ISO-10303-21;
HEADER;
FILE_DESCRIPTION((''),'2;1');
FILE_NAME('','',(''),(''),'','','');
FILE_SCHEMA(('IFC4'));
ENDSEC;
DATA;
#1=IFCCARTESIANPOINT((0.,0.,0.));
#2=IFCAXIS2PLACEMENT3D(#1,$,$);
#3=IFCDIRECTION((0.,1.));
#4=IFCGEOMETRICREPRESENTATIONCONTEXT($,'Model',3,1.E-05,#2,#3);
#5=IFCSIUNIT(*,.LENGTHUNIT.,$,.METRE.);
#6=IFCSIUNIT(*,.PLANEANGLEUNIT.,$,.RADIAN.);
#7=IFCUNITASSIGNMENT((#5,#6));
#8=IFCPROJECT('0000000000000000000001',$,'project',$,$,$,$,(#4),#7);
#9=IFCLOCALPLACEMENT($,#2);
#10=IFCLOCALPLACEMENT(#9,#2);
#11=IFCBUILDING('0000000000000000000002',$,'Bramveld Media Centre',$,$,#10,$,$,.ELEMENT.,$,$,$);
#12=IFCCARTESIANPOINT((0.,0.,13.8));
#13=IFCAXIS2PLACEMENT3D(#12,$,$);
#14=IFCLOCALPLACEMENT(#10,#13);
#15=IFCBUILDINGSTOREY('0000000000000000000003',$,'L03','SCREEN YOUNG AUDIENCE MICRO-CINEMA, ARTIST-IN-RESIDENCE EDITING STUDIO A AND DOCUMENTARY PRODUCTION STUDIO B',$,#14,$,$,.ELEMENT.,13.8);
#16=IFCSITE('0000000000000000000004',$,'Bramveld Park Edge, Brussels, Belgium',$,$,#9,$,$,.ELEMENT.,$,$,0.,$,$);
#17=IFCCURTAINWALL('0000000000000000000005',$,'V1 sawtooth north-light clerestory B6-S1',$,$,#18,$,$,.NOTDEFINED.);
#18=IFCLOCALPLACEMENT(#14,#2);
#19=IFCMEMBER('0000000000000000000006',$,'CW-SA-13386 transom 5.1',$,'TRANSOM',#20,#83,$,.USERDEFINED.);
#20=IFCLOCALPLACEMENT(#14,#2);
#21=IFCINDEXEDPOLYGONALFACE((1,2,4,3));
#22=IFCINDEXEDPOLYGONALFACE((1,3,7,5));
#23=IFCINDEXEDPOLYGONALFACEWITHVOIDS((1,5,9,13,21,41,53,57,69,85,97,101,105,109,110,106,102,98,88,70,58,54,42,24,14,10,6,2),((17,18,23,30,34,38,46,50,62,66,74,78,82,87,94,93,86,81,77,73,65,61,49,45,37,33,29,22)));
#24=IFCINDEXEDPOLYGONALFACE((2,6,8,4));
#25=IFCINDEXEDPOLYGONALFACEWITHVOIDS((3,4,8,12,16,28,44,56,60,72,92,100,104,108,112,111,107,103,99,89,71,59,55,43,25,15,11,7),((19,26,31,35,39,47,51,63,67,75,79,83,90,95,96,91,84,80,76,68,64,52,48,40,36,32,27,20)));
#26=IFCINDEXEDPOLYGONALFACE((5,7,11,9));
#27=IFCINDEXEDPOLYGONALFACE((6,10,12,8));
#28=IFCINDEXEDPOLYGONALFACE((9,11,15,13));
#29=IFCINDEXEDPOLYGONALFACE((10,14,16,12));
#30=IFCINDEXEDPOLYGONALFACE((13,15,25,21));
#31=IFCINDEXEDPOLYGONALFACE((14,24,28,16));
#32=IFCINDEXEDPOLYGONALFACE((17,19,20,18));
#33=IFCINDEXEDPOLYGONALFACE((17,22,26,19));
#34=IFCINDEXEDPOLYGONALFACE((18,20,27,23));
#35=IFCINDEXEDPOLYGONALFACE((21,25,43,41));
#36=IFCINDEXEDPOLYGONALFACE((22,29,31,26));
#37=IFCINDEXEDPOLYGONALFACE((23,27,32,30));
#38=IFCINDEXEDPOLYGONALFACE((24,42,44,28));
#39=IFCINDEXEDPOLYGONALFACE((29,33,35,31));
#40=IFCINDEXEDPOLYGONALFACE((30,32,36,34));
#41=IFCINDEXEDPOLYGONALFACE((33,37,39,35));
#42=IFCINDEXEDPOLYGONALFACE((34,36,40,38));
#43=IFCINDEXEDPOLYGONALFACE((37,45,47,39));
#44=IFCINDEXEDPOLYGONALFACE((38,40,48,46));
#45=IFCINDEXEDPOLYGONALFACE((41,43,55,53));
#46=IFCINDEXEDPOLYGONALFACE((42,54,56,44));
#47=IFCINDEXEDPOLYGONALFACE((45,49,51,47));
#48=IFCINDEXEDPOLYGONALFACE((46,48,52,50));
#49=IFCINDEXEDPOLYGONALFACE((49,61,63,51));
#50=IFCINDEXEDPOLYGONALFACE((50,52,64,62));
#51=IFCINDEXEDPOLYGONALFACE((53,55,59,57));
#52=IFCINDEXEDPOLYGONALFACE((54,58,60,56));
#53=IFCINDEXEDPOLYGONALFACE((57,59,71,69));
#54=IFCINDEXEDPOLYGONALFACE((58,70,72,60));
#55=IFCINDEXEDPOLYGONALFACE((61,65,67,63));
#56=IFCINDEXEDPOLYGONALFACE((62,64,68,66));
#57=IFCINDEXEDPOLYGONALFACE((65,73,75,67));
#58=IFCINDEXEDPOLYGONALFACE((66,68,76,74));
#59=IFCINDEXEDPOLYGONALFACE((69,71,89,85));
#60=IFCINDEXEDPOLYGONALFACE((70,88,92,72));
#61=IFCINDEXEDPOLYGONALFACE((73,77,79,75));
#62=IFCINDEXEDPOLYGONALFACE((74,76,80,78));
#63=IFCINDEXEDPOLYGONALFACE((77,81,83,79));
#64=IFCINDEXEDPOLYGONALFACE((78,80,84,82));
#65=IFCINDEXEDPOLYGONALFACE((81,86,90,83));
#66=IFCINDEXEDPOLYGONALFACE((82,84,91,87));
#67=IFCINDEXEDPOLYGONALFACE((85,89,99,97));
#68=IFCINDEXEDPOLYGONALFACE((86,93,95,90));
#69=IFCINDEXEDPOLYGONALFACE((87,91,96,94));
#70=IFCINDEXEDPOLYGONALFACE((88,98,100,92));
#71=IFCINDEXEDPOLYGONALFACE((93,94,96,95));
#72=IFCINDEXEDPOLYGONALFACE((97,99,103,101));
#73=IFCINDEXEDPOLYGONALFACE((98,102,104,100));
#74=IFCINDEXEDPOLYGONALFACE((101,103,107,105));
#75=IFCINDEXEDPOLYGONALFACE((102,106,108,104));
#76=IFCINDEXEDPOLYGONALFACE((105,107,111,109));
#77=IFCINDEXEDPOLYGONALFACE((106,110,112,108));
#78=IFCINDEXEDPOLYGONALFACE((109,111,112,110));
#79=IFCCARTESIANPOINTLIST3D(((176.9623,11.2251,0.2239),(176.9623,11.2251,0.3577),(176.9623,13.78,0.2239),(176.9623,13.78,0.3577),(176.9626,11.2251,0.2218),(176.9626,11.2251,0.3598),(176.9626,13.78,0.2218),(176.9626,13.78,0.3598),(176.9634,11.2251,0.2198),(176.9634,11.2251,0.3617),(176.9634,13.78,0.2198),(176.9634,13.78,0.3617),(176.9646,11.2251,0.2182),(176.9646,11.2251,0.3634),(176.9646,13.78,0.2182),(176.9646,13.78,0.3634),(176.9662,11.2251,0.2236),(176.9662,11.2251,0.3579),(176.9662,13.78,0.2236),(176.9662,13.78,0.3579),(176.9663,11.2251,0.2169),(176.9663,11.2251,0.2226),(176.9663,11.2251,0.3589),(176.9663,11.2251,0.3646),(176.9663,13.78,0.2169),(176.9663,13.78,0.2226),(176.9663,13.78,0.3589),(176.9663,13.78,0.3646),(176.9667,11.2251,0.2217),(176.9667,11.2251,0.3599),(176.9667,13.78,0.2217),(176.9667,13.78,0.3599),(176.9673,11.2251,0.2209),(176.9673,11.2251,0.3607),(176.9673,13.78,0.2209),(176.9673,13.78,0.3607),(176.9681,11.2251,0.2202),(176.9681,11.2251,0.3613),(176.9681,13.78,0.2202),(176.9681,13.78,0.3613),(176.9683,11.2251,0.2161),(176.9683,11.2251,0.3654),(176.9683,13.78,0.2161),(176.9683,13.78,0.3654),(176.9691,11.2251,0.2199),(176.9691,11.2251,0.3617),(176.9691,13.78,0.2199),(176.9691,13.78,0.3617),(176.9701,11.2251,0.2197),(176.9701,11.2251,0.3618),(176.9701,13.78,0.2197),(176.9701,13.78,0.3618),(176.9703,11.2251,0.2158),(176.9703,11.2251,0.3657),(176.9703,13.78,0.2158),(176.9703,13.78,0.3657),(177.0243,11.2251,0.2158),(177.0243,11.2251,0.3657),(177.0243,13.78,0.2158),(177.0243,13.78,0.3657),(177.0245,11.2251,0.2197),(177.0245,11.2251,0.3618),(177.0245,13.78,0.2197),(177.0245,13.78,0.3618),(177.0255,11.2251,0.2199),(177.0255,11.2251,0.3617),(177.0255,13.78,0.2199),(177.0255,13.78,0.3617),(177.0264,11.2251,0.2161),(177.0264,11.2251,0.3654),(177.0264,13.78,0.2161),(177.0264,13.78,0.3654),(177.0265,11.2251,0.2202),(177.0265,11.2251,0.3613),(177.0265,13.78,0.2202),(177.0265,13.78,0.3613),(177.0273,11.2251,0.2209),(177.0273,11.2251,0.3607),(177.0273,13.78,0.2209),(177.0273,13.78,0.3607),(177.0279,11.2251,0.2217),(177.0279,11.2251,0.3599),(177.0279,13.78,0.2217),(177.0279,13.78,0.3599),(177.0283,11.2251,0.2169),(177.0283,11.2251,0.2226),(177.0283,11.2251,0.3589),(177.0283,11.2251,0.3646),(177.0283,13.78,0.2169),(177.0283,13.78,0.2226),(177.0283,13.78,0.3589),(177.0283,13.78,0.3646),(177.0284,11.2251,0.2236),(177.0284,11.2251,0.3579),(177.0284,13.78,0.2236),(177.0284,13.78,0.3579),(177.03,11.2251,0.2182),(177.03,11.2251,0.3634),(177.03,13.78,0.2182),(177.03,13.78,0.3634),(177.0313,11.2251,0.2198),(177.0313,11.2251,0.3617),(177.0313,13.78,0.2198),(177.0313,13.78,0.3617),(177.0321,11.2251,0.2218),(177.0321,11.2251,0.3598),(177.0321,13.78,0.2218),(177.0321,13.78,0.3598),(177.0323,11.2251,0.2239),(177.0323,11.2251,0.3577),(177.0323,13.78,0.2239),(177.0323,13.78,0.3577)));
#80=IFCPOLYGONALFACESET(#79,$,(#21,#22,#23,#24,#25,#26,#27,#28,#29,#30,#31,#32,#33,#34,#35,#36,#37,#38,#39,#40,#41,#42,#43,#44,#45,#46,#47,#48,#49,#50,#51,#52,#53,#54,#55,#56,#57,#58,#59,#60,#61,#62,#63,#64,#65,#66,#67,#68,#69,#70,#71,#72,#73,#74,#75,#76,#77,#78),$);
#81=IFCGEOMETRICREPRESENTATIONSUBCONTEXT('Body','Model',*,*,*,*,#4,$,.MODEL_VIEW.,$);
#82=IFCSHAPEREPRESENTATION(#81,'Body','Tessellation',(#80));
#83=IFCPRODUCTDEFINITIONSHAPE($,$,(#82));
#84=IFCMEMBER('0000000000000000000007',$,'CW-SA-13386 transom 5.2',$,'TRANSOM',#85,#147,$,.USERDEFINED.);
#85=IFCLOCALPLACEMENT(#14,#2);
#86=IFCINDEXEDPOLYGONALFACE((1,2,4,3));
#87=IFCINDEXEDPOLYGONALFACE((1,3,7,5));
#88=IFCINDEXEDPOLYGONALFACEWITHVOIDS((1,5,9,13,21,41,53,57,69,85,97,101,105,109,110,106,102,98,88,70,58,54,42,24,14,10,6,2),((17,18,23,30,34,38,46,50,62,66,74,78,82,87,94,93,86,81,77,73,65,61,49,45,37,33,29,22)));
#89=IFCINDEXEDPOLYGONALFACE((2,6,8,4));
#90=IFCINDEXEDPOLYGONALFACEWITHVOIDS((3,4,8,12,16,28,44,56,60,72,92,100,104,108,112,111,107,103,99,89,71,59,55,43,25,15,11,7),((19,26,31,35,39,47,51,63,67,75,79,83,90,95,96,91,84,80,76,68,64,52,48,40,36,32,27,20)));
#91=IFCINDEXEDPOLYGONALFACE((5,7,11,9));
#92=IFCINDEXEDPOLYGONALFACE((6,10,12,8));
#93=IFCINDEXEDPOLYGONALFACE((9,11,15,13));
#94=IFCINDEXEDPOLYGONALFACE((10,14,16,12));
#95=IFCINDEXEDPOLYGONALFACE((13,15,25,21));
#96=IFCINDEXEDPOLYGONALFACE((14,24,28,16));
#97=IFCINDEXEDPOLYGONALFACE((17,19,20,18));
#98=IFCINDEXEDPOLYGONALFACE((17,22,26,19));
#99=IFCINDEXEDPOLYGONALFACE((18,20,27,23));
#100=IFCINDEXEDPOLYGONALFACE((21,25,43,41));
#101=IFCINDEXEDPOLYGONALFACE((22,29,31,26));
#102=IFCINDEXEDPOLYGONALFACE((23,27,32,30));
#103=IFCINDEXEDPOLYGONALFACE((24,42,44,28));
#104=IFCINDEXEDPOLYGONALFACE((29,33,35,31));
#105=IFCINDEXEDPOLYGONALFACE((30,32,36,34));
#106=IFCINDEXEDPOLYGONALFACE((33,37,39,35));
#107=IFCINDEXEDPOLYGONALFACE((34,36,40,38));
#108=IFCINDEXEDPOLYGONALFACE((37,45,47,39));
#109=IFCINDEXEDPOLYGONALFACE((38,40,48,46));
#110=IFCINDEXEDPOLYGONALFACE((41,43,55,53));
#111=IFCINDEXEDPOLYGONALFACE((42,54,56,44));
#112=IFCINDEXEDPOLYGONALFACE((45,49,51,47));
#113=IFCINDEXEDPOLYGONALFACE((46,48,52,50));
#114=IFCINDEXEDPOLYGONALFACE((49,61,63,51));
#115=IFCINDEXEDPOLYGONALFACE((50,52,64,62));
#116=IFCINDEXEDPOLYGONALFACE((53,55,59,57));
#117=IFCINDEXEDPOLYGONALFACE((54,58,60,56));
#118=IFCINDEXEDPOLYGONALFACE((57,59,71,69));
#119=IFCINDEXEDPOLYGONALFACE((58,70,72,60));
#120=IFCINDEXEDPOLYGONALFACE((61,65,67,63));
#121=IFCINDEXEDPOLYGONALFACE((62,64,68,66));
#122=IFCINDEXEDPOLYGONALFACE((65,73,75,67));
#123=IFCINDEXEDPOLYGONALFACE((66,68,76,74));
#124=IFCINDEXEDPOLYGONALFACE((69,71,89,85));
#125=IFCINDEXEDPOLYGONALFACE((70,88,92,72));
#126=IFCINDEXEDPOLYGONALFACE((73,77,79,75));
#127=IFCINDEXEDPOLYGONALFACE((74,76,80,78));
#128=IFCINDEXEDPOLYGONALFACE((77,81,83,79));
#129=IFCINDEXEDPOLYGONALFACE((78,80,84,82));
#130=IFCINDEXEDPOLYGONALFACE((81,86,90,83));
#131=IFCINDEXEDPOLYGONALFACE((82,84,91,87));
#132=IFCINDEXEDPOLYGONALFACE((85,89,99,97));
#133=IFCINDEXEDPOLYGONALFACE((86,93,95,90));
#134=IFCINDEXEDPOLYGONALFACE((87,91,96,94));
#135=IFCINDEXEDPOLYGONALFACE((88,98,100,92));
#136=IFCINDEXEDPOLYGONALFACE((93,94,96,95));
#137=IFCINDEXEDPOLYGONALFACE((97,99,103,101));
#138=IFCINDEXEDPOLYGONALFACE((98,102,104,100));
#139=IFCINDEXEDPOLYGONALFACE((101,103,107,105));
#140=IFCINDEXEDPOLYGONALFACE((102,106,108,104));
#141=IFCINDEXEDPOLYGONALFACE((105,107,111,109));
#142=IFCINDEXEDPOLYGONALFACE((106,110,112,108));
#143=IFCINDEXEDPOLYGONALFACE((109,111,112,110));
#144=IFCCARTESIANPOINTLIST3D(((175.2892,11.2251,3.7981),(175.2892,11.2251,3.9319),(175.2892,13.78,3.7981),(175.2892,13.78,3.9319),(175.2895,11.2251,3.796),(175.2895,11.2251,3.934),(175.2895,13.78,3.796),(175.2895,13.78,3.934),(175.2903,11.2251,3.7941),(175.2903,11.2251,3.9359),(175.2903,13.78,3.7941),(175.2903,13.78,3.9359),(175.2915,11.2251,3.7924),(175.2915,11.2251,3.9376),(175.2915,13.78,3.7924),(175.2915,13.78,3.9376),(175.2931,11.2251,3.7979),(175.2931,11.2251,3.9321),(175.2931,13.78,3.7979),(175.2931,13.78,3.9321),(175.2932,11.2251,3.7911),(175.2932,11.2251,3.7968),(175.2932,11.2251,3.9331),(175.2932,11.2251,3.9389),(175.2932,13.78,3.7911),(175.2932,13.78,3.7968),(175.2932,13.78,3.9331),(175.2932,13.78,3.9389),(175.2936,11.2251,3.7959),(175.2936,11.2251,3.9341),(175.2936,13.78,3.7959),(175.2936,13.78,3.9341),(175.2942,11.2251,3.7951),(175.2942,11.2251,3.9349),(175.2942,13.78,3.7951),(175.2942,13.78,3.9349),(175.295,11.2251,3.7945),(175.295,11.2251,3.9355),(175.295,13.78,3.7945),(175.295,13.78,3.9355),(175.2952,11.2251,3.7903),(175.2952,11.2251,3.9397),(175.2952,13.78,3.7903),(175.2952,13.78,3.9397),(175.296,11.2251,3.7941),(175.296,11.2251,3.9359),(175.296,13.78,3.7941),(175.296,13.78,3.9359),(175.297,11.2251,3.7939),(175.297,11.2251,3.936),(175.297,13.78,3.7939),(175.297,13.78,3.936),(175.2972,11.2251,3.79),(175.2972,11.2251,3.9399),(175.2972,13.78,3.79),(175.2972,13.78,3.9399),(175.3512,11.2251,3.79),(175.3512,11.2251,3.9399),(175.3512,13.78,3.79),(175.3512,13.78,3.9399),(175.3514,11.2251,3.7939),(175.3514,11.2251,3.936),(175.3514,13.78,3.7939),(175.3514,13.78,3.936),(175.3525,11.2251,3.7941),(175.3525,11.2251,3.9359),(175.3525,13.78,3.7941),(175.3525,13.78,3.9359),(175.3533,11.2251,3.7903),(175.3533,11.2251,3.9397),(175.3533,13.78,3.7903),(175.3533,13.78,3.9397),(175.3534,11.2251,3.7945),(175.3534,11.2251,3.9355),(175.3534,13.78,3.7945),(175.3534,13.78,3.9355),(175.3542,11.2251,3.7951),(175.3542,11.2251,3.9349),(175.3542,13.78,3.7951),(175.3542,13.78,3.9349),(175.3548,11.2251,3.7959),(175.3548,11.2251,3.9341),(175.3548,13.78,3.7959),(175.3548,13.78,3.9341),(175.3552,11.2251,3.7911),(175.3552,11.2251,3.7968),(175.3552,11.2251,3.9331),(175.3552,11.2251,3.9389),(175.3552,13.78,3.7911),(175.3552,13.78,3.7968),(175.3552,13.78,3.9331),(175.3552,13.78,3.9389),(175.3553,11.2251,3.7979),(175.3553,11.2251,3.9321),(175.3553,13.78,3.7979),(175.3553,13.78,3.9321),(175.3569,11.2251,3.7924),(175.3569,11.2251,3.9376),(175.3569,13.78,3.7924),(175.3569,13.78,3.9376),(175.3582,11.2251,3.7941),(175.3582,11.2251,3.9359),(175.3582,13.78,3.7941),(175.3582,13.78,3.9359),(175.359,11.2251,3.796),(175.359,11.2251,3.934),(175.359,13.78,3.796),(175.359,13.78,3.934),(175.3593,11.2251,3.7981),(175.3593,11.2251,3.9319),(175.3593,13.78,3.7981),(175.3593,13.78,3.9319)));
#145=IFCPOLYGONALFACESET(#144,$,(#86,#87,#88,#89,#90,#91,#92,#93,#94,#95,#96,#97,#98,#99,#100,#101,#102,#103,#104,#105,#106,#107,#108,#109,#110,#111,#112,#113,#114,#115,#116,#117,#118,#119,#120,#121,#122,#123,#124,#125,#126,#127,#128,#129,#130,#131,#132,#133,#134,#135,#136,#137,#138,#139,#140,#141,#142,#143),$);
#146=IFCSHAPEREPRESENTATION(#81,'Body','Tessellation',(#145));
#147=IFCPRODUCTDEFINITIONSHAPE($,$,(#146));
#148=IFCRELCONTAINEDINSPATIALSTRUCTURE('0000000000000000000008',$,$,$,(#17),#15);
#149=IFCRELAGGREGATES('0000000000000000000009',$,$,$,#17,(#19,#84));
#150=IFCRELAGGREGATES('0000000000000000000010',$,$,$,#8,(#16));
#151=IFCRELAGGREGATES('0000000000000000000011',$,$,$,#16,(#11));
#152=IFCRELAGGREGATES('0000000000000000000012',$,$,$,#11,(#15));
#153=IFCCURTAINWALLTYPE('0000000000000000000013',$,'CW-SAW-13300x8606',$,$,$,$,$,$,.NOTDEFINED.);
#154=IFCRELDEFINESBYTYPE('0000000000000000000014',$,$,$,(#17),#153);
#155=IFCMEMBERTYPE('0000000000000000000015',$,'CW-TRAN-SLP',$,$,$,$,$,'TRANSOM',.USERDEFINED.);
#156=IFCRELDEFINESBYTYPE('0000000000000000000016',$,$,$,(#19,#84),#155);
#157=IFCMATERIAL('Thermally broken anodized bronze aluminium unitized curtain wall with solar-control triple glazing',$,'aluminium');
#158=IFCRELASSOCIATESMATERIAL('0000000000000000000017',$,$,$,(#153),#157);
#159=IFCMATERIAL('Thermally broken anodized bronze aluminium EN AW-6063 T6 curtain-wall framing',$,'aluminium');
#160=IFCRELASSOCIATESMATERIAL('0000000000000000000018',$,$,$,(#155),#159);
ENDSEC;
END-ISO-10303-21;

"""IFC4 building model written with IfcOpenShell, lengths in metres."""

from ifc_helpers import new_model, si_unit, direction, frame, origin, origin_2d, place, context, subcontext, project, spatial, hollow_rectangle, extrude, material, material_profile, profile_set, type_object, element, aggregate, save


model = new_model("IFC4")

# Units and contexts
model_context = context("Model", 3, precision=1e-05, world=origin(), true_north=direction((0.0, 1.0)))
body_context = subcontext(model_context, "Body", "Model", "MODEL_VIEW")
ifc_project = project(units=[si_unit("LENGTHUNIT", "METRE"), si_unit("PLANEANGLEUNIT", "RADIAN")], contexts=[model_context])

# Site, building, storey
site_placement = place(None, origin())
site = spatial("IfcSite", under=ifc_project, at=site_placement, Name="Bramveld Park Edge, Brussels, Belgium", CompositionType="ELEMENT", RefElevation=0.0)
building_placement = place(site_placement, origin())
building = spatial("IfcBuilding", under=site, at=building_placement, Name="Bramveld Media Centre", CompositionType="ELEMENT")
storey_placement = place(building_placement, frame((0.0, 0.0, 13.8)))
storey = spatial("IfcBuildingStorey", under=building, at=storey_placement, Name="L03", Description="SCREEN YOUNG AUDIENCE MICRO-CINEMA, ARTIST-IN-RESIDENCE EDITING STUDIO A AND DOCUMENTARY PRODUCTION STUDIO B", CompositionType="ELEMENT", Elevation=13.8)

# Curtain wall
ifc_material_1 = material(Name="Thermally broken anodized bronze aluminium unitized curtain wall with solar-control triple glazing", Category="aluminium")
curtain_wall_type = type_object("IfcCurtainWallType", Name="CW-SAW-13300x8606", PredefinedType="NOTDEFINED", material=ifc_material_1)
curtain_wall_1_placement = place(storey_placement, origin())
curtain_wall_1 = element("IfcCurtainWall", 1, at=curtain_wall_1_placement, inside=storey, type_object=curtain_wall_type, Name="V1 sawtooth north-light clerestory B6-S1", PredefinedType="NOTDEFINED")

# Members
ifc_material_2 = material(Name="Thermally broken anodized bronze aluminium EN AW-6063 T6 curtain-wall framing", Category="aluminium")
ifc_material_profile_1 = material_profile(ifc_material_2, hollow_rectangle(XDim=0.0701, YDim=0.1499, WallThickness=0.0039, InnerFilletRadius=0.0039, OuterFilletRadius=0.0081, at=origin_2d()), Name="AL-TRAN 70x150")
ifc_profile_set_1 = profile_set([ifc_material_profile_1], Name="Thermally broken anodized bronze aluminium EN AW-6063 T6 curtain-wall framing")
member_type_1 = type_object("IfcMemberType", Name="CW-TRAN-SLP", ElementType="TRANSOM", PredefinedType="USERDEFINED", material=ifc_profile_set_1)
member_1_placement = place(storey_placement, frame((176.9973, 11.2251, 0.2908), z_axis=(0.0, 1.0, 0.0), x_axis=(-1.0, 0.0, 0.0)))
member_1 = element("IfcMember", 2, at=member_1_placement, type_object=member_type_1, Name="CW-SA-13386 transom 5.1", ObjectType="TRANSOM", PredefinedType="USERDEFINED", context=body_context, shape_type="SweptSolid", body=[
    extrude(hollow_rectangle(XDim=0.0701, YDim=0.1499, WallThickness=0.0039, InnerFilletRadius=0.0039, OuterFilletRadius=0.0081, at=origin_2d()), origin(), (0.0, 0.0, 1.0), 2.5549),
])
member_2_placement = place(storey_placement, frame((175.3242, 11.2251, 3.865), z_axis=(0.0, 1.0, 0.0), x_axis=(-1.0, 0.0, 0.0)))
member_2 = element("IfcMember", 3, at=member_2_placement, type_object=member_type_1, Name="CW-SA-13386 transom 5.2", ObjectType="TRANSOM", PredefinedType="USERDEFINED", context=body_context, shape_type="SweptSolid", body=[
    extrude(hollow_rectangle(XDim=0.0701, YDim=0.1499, WallThickness=0.0039, InnerFilletRadius=0.0039, OuterFilletRadius=0.0081, at=origin_2d()), origin(), (0.0, 0.0, 1.0), 2.5549),
])

aggregate(curtain_wall_1, [member_1, member_2])

save(model, "model.ifc")
